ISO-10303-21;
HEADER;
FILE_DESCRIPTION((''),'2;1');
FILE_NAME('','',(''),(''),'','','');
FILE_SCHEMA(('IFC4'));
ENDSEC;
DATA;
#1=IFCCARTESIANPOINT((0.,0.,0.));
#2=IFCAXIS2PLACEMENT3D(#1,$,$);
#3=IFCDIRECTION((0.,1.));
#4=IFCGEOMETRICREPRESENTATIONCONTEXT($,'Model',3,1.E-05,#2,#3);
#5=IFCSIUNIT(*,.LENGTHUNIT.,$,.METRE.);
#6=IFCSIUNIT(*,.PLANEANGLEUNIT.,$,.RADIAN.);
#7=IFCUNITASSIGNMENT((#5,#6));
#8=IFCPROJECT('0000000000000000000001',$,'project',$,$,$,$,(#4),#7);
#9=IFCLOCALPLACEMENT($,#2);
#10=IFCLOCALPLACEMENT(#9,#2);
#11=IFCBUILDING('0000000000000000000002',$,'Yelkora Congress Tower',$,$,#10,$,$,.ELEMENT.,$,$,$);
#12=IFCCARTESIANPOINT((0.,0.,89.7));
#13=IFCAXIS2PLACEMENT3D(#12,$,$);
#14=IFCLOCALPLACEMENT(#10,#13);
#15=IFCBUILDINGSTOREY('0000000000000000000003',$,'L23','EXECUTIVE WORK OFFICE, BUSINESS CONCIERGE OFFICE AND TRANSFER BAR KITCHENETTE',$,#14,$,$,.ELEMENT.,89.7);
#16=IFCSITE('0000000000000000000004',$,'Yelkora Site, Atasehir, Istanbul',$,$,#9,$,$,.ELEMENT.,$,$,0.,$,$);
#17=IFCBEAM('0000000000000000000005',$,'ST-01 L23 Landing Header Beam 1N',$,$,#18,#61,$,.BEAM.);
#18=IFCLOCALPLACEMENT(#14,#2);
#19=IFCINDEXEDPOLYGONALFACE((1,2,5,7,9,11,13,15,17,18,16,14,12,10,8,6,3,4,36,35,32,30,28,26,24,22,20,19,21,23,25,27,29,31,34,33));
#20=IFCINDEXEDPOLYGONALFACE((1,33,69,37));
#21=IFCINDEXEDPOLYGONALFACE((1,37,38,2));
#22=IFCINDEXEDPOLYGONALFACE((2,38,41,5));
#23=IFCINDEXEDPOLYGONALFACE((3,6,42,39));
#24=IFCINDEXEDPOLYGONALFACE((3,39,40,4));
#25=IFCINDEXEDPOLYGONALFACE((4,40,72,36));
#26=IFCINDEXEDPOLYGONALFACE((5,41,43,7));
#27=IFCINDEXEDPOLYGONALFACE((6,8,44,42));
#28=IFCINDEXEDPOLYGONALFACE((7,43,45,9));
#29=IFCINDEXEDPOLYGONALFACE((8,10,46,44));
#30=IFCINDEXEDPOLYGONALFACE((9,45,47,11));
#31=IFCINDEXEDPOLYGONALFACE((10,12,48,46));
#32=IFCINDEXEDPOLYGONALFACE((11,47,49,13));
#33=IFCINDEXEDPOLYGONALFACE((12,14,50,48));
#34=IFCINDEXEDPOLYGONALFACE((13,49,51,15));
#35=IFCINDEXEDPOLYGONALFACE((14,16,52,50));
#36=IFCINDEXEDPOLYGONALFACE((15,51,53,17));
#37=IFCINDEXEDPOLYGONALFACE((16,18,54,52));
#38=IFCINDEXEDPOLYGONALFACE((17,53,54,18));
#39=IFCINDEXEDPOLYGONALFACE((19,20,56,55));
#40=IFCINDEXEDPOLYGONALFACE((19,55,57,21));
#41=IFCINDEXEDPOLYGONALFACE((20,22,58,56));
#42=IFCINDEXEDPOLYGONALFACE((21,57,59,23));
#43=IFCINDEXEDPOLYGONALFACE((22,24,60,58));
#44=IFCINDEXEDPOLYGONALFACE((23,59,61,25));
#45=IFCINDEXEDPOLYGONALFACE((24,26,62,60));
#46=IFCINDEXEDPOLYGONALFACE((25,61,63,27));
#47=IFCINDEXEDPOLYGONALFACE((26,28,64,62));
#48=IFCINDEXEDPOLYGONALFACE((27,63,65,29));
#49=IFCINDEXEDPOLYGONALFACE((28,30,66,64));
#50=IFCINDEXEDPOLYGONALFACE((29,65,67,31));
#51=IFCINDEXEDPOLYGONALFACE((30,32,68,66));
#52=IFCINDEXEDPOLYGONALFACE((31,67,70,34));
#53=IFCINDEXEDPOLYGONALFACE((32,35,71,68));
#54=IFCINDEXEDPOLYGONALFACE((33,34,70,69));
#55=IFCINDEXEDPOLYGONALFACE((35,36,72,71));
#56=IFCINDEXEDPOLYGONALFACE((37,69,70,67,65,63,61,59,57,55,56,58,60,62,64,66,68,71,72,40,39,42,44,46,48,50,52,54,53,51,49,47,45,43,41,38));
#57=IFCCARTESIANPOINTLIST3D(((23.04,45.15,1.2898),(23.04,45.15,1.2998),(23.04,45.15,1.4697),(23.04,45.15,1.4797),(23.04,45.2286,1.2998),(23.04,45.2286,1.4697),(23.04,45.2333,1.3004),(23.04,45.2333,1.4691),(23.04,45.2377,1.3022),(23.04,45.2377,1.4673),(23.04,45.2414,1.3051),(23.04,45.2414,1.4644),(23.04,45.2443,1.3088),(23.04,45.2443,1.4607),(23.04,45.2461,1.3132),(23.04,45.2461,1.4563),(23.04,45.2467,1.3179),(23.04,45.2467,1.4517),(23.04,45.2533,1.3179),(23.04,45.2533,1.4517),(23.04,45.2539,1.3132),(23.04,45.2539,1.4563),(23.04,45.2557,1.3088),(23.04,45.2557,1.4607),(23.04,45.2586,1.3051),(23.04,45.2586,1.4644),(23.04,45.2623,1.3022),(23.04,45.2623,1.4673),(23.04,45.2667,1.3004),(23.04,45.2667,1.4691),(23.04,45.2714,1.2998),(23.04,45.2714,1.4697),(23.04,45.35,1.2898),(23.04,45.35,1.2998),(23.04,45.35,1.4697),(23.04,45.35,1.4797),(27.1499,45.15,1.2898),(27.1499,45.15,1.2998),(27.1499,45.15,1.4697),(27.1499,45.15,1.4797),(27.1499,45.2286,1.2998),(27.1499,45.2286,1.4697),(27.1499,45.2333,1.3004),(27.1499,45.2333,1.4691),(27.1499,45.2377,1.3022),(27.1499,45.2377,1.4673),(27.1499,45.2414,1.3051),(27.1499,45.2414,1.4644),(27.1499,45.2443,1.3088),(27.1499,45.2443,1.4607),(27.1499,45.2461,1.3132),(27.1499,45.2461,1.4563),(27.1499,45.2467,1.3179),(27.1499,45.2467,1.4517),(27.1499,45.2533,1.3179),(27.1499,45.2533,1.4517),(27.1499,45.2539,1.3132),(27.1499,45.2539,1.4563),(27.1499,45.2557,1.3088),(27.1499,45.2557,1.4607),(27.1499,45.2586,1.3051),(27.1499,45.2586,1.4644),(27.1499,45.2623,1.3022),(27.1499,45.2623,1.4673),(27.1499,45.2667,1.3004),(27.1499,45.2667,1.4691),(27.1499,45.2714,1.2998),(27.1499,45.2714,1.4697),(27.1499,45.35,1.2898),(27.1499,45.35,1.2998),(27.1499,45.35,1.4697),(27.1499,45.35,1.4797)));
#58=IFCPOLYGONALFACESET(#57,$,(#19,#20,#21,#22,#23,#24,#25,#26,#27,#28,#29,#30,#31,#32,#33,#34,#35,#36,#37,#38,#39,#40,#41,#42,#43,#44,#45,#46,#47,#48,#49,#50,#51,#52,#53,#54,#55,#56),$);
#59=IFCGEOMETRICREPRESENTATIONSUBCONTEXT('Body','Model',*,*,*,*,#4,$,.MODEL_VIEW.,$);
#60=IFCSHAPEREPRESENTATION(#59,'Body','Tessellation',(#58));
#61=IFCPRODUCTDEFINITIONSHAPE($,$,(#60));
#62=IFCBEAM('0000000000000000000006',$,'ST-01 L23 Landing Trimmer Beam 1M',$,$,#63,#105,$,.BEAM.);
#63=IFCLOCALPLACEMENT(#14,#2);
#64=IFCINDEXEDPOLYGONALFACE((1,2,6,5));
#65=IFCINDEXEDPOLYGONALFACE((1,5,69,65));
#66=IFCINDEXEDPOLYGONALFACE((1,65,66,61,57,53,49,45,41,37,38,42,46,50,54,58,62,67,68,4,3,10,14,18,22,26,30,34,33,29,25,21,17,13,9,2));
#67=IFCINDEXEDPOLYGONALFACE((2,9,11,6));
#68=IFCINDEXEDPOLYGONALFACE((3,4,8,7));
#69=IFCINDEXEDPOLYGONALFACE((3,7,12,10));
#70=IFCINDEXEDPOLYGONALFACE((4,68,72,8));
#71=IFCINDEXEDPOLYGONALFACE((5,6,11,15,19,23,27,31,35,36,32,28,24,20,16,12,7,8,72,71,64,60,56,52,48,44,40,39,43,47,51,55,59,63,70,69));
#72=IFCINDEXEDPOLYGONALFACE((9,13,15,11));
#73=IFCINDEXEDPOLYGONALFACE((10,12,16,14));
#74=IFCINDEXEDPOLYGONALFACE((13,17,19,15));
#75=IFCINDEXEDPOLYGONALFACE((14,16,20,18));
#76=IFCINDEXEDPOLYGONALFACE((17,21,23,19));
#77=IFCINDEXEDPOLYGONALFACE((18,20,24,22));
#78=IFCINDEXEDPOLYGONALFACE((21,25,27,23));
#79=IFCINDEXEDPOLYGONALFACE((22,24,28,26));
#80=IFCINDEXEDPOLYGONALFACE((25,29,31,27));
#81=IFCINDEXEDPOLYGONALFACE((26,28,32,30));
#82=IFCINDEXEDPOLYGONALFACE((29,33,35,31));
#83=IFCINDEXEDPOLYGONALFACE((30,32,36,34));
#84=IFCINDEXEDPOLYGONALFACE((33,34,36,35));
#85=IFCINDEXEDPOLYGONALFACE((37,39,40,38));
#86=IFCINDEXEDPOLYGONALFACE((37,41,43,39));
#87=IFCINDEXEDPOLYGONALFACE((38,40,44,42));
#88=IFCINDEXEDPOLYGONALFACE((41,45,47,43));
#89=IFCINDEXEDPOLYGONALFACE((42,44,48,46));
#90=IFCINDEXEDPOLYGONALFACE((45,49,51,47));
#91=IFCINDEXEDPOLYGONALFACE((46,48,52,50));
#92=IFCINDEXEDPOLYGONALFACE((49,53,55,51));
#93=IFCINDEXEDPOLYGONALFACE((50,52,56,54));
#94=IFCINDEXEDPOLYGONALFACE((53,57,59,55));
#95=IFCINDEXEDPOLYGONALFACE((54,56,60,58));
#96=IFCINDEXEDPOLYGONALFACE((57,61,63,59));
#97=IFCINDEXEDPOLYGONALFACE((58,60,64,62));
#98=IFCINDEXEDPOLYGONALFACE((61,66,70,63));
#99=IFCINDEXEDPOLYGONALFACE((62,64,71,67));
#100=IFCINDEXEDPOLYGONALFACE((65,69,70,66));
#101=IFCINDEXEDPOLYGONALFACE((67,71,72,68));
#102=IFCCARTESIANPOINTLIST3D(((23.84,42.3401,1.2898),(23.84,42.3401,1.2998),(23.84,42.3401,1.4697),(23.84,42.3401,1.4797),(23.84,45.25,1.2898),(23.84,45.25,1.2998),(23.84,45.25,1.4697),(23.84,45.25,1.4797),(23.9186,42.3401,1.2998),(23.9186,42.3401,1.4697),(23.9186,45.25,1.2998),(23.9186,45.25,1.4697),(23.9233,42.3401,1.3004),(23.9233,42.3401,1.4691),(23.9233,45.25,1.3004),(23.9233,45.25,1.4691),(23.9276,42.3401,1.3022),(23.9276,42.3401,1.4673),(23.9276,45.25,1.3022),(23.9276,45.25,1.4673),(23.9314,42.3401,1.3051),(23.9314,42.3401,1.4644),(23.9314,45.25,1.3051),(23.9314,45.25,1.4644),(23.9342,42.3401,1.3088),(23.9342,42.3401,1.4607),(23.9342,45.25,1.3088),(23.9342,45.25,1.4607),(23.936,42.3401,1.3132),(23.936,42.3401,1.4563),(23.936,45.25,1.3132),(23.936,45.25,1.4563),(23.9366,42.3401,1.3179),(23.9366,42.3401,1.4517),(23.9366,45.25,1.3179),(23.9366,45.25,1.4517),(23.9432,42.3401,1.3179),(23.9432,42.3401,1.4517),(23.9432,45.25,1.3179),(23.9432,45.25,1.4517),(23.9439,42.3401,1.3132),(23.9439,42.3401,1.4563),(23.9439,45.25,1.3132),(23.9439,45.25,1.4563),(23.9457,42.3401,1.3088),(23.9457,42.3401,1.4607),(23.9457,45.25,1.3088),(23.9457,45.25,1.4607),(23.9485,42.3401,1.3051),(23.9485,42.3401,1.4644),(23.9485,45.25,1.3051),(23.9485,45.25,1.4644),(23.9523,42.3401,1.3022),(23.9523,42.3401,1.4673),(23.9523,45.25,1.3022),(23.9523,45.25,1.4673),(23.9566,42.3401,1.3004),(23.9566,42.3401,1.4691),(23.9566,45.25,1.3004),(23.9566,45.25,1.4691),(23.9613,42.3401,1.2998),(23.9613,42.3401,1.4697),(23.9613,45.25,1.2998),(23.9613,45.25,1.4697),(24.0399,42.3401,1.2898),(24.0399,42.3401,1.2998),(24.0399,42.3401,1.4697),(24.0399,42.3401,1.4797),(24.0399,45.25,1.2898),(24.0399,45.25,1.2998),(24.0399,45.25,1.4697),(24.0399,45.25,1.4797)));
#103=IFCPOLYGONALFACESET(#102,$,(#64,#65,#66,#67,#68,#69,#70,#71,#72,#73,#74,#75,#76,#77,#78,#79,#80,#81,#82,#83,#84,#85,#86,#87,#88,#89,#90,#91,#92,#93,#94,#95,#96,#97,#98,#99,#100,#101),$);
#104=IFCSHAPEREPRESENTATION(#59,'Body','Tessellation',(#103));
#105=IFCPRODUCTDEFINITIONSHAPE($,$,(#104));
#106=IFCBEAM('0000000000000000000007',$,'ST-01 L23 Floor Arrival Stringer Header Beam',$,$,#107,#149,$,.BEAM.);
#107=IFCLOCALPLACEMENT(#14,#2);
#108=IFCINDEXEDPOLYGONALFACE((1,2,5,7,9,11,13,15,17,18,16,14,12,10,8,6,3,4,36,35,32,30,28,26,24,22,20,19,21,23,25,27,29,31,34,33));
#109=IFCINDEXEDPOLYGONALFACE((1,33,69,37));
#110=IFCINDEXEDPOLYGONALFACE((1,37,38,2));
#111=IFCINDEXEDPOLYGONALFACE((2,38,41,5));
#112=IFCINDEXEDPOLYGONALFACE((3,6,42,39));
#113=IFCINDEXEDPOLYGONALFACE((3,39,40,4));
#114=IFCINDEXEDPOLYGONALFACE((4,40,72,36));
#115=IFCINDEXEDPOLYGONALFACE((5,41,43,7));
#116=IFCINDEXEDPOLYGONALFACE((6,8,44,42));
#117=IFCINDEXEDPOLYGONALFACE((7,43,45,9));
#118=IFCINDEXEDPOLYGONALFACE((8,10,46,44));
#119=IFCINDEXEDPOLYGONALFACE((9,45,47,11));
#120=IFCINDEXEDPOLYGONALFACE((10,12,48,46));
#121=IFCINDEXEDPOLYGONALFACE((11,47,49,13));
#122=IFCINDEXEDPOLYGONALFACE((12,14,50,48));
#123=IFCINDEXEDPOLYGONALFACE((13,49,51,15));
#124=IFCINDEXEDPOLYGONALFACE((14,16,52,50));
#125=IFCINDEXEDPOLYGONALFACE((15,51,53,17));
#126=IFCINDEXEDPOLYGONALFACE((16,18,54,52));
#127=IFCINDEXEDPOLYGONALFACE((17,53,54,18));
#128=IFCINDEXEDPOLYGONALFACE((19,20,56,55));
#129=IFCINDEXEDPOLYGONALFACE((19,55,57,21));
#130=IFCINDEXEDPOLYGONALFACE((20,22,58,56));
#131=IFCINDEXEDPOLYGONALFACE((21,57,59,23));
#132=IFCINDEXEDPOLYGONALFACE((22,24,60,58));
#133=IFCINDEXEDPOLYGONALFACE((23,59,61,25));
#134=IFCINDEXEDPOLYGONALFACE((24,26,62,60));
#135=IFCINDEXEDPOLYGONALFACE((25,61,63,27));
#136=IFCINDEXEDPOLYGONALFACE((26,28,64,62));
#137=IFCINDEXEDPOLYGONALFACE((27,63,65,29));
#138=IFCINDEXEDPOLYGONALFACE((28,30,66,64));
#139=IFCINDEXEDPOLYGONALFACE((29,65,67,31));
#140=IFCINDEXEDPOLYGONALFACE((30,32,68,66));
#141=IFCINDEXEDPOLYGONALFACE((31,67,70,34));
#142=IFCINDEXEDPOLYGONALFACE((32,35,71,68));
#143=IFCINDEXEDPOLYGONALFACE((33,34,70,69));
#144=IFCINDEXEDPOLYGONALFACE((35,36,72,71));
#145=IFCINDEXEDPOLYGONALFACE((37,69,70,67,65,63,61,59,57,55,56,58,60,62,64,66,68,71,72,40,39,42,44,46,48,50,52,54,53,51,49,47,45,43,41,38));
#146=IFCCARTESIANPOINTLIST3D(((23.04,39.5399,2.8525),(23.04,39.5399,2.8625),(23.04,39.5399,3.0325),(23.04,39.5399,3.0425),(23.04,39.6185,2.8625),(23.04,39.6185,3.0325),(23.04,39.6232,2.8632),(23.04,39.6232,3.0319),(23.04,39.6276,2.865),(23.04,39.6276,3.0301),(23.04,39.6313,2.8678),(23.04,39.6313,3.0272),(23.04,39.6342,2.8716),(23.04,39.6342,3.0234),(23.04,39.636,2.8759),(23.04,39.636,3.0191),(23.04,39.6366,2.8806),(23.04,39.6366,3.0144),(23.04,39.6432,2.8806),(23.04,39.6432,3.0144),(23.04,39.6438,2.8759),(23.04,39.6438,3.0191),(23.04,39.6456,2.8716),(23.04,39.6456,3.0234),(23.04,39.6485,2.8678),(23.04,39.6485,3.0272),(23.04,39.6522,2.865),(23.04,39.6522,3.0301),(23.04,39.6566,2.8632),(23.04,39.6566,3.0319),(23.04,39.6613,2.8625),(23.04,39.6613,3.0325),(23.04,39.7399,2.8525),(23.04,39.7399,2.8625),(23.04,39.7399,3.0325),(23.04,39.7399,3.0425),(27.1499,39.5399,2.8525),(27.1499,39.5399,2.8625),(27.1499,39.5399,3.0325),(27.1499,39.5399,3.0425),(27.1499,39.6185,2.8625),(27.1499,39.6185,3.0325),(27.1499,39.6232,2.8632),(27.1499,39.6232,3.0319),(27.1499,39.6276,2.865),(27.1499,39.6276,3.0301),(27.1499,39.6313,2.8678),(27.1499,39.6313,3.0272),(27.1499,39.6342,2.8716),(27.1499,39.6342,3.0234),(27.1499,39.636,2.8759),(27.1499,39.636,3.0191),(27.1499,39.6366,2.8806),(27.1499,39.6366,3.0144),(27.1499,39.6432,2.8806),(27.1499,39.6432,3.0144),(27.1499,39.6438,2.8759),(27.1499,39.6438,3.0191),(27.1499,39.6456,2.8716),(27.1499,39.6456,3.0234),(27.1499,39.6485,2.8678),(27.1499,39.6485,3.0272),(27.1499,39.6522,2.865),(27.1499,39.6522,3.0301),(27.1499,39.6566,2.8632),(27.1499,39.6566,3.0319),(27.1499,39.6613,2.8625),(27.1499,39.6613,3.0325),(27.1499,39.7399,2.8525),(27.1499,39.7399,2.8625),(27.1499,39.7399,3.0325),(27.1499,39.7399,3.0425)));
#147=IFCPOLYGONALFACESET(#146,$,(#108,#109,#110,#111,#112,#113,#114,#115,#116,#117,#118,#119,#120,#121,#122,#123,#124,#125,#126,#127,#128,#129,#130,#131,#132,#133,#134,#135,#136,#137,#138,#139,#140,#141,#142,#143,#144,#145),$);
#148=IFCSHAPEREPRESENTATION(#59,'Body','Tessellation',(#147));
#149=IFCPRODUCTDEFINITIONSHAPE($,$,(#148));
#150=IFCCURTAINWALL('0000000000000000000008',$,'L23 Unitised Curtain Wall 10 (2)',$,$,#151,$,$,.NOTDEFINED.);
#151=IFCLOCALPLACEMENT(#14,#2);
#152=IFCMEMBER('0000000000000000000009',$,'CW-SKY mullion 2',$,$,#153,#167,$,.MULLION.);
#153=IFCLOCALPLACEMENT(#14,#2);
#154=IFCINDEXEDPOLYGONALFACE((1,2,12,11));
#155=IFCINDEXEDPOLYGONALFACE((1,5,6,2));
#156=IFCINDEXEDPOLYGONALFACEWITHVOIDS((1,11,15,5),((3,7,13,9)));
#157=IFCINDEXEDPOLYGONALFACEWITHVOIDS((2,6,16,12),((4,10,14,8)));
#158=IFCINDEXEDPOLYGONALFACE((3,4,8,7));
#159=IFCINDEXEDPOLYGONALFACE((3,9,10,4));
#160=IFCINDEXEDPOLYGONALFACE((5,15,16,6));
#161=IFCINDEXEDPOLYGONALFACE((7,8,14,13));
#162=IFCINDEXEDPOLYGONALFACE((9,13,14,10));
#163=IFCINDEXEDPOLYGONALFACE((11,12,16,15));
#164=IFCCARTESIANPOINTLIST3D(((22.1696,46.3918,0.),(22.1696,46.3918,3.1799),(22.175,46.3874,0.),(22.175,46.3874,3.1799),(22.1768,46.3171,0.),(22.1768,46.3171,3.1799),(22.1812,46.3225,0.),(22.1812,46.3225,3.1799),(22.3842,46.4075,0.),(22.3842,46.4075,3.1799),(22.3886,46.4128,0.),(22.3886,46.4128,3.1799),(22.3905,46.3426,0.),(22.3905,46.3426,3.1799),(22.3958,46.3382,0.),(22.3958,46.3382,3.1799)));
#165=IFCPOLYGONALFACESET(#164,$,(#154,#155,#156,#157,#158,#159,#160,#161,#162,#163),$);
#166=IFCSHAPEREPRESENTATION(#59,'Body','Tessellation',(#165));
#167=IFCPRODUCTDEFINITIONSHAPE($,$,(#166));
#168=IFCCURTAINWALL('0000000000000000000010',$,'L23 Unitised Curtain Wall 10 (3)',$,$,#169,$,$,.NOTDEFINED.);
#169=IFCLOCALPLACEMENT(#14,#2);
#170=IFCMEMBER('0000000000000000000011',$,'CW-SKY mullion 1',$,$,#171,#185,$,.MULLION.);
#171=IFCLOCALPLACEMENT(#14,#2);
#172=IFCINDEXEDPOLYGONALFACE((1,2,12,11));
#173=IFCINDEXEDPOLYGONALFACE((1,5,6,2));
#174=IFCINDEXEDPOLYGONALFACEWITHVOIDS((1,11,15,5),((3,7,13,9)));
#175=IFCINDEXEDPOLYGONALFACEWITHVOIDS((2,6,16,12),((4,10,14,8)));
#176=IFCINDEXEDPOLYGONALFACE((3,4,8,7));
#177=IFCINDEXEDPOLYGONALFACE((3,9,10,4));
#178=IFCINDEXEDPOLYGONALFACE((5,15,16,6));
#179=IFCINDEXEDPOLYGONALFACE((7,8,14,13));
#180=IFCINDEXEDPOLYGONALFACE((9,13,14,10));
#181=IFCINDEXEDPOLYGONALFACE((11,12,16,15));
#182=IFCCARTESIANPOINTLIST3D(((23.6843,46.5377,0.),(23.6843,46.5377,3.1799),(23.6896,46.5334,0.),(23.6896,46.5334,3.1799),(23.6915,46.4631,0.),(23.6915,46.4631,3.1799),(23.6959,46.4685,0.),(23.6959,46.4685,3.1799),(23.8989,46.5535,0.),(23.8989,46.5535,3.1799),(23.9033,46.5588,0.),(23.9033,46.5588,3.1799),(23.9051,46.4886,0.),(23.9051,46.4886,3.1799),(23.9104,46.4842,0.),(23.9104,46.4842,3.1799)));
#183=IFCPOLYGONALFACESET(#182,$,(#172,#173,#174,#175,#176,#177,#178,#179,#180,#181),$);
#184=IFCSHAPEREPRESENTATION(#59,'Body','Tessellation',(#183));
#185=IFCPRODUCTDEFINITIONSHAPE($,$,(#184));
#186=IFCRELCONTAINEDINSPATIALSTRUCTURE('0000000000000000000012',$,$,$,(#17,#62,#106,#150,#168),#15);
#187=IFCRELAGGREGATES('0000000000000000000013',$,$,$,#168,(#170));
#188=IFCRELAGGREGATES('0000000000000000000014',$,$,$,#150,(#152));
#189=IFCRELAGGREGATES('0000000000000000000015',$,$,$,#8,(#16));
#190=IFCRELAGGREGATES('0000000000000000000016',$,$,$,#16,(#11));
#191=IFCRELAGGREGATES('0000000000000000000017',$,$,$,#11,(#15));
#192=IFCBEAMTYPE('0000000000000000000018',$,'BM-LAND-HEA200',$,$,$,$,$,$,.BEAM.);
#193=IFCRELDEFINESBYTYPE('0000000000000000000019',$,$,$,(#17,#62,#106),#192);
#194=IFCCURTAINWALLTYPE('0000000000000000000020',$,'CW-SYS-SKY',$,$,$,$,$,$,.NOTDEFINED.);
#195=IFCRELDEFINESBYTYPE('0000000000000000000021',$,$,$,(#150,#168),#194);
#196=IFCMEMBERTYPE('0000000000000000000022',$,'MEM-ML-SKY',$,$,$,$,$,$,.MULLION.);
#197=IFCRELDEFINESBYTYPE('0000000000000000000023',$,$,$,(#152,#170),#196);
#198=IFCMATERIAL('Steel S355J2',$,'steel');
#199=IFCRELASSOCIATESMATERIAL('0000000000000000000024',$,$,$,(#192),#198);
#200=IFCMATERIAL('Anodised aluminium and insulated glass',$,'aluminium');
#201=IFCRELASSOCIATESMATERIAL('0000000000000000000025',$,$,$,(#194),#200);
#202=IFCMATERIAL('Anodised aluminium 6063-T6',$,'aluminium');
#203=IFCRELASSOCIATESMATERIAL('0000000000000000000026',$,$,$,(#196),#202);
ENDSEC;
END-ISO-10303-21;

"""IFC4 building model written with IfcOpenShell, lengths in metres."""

from ifc_helpers import new_model, si_unit, direction, frame, origin, origin_2d, place, context, subcontext, project, spatial, hollow_rectangle, i_section, extrude, material, material_profile, profile_set, type_object, element, aggregate, save


model = new_model("IFC4")

# Units and contexts
model_context = context("Model", 3, precision=1e-05, world=origin(), true_north=direction((0.0, 1.0)))
body_context = subcontext(model_context, "Body", "Model", "MODEL_VIEW")
ifc_project = project(units=[si_unit("LENGTHUNIT", "METRE"), si_unit("PLANEANGLEUNIT", "RADIAN")], contexts=[model_context])

# Site, building, storey
site_placement = place(None, origin())
site = spatial("IfcSite", under=ifc_project, at=site_placement, Name="Yelkora Site, Atasehir, Istanbul", CompositionType="ELEMENT", RefElevation=0.0)
building_placement = place(site_placement, origin())
building = spatial("IfcBuilding", under=site, at=building_placement, Name="Yelkora Congress Tower", CompositionType="ELEMENT")
storey_placement = place(building_placement, frame((0.0, 0.0, 89.7)))
storey = spatial("IfcBuildingStorey", under=building, at=storey_placement, Name="L23", Description="EXECUTIVE WORK OFFICE, BUSINESS CONCIERGE OFFICE AND TRANSFER BAR KITCHENETTE", CompositionType="ELEMENT", Elevation=89.7)

# Beams
ifc_material_1 = material(Name="Steel S355J2", Category="steel")
ifc_material_profile_1 = material_profile(ifc_material_1, i_section(OverallWidth=0.2, OverallDepth=0.1899, WebThickness=0.0066, FlangeThickness=0.01, FilletRadius=0.0181, at=origin_2d()), Name="HEA 200")
ifc_profile_set_1 = profile_set([ifc_material_profile_1], Name="Steel S355J2")
beam_type_1 = type_object("IfcBeamType", Name="BM-LAND-HEA200", PredefinedType="BEAM", material=ifc_profile_set_1)
for number, where, z_axis, x_axis, name in (
    (1, (23.04, 45.25, 1.3848), (1.0, 0.0, 0.0), (0.0, 1.0, 0.0), "ST-01 L23 Landing Header Beam 1N"),
):
    element("IfcBeam", number, at=place(storey_placement, frame(where, z_axis=z_axis, x_axis=x_axis)), inside=storey, type_object=beam_type_1, Name=name, PredefinedType="BEAM", context=body_context, shape_type="SweptSolid", body=[
        extrude(i_section(OverallWidth=0.2, OverallDepth=0.1899, WebThickness=0.0066, FlangeThickness=0.01, FilletRadius=0.0181, at=origin_2d()), origin(), (0.0, 0.0, 1.0), 4.1099),
    ])
beam_1_placement = place(storey_placement, frame((23.9399, 42.3401, 1.3848), z_axis=(0.0, 1.0, 0.0), x_axis=(-1.0, 0.0, 0.0)))
element("IfcBeam", 2, at=beam_1_placement, inside=storey, type_object=beam_type_1, Name="ST-01 L23 Landing Trimmer Beam 1M", PredefinedType="BEAM", context=body_context, shape_type="SweptSolid", body=[
    extrude(i_section(OverallWidth=0.2, OverallDepth=0.1899, WebThickness=0.0066, FlangeThickness=0.01, FilletRadius=0.0181, at=origin_2d()), origin(), (0.0, 0.0, 1.0), 2.9099),
])
beam_2_placement = place(storey_placement, frame((23.04, 39.6399, 2.9475), z_axis=(1.0, 0.0, 0.0), x_axis=(0.0, 1.0, 0.0)))
element("IfcBeam", 3, at=beam_2_placement, inside=storey, type_object=beam_type_1, Name="ST-01 L23 Floor Arrival Stringer Header Beam", PredefinedType="BEAM", context=body_context, shape_type="SweptSolid", body=[
    extrude(i_section(OverallWidth=0.2, OverallDepth=0.1899, WebThickness=0.0066, FlangeThickness=0.01, FilletRadius=0.0181, at=origin_2d()), origin(), (0.0, 0.0, 1.0), 4.1099),
])

# Curtain walls, members
ifc_material_2 = material(Name="Anodised aluminium and insulated glass", Category="aluminium")
curtain_wall_type = type_object("IfcCurtainWallType", Name="CW-SYS-SKY", PredefinedType="NOTDEFINED", material=ifc_material_2)
curtain_wall_1_placement = place(storey_placement, origin())
curtain_wall_1 = element("IfcCurtainWall", 4, at=curtain_wall_1_placement, inside=storey, type_object=curtain_wall_type, Name="L23 Unitised Curtain Wall 10 (2)", PredefinedType="NOTDEFINED")
ifc_material_3 = material(Name="Anodised aluminium 6063-T6", Category="aluminium")
ifc_material_profile_2 = material_profile(ifc_material_3, hollow_rectangle(XDim=0.075, YDim=0.22, WallThickness=0.0049, at=origin_2d()), Name="ALU 75x220x5")
ifc_profile_set_2 = profile_set([ifc_material_profile_2], Name="Anodised aluminium 6063-T6")
member_type_1 = type_object("IfcMemberType", Name="MEM-ML-SKY", PredefinedType="MULLION", material=ifc_profile_set_2)
member_1_placement = place(storey_placement, frame((22.2827, 46.365, 0.0), z_axis=(0.0, 0.0, 1.0), x_axis=(-0.095848, 0.995396, 0.0)))
member_1 = element("IfcMember", 5, at=member_1_placement, type_object=member_type_1, Name="CW-SKY mullion 2", PredefinedType="MULLION", context=body_context, shape_type="SweptSolid", body=[
    extrude(hollow_rectangle(XDim=0.075, YDim=0.22, WallThickness=0.0049, at=origin_2d()), origin(), (0.0, 0.0, 1.0), 3.1799),
])
curtain_wall_2_placement = place(storey_placement, origin())
curtain_wall_2 = element("IfcCurtainWall", 6, at=curtain_wall_2_placement, inside=storey, type_object=curtain_wall_type, Name="L23 Unitised Curtain Wall 10 (3)", PredefinedType="NOTDEFINED")
member_2_placement = place(storey_placement, frame((23.7974, 46.511, 0.0), z_axis=(0.0, 0.0, 1.0), x_axis=(-0.095845, 0.995396, 0.0)))
member_2 = element("IfcMember", 7, at=member_2_placement, type_object=member_type_1, Name="CW-SKY mullion 1", PredefinedType="MULLION", context=body_context, shape_type="SweptSolid", body=[
    extrude(hollow_rectangle(XDim=0.075, YDim=0.22, WallThickness=0.0049, at=origin_2d()), origin(), (0.0, 0.0, 1.0), 3.1799),
])

aggregate(curtain_wall_2, [member_2])

aggregate(curtain_wall_1, [member_1])

save(model, "model.ifc")
